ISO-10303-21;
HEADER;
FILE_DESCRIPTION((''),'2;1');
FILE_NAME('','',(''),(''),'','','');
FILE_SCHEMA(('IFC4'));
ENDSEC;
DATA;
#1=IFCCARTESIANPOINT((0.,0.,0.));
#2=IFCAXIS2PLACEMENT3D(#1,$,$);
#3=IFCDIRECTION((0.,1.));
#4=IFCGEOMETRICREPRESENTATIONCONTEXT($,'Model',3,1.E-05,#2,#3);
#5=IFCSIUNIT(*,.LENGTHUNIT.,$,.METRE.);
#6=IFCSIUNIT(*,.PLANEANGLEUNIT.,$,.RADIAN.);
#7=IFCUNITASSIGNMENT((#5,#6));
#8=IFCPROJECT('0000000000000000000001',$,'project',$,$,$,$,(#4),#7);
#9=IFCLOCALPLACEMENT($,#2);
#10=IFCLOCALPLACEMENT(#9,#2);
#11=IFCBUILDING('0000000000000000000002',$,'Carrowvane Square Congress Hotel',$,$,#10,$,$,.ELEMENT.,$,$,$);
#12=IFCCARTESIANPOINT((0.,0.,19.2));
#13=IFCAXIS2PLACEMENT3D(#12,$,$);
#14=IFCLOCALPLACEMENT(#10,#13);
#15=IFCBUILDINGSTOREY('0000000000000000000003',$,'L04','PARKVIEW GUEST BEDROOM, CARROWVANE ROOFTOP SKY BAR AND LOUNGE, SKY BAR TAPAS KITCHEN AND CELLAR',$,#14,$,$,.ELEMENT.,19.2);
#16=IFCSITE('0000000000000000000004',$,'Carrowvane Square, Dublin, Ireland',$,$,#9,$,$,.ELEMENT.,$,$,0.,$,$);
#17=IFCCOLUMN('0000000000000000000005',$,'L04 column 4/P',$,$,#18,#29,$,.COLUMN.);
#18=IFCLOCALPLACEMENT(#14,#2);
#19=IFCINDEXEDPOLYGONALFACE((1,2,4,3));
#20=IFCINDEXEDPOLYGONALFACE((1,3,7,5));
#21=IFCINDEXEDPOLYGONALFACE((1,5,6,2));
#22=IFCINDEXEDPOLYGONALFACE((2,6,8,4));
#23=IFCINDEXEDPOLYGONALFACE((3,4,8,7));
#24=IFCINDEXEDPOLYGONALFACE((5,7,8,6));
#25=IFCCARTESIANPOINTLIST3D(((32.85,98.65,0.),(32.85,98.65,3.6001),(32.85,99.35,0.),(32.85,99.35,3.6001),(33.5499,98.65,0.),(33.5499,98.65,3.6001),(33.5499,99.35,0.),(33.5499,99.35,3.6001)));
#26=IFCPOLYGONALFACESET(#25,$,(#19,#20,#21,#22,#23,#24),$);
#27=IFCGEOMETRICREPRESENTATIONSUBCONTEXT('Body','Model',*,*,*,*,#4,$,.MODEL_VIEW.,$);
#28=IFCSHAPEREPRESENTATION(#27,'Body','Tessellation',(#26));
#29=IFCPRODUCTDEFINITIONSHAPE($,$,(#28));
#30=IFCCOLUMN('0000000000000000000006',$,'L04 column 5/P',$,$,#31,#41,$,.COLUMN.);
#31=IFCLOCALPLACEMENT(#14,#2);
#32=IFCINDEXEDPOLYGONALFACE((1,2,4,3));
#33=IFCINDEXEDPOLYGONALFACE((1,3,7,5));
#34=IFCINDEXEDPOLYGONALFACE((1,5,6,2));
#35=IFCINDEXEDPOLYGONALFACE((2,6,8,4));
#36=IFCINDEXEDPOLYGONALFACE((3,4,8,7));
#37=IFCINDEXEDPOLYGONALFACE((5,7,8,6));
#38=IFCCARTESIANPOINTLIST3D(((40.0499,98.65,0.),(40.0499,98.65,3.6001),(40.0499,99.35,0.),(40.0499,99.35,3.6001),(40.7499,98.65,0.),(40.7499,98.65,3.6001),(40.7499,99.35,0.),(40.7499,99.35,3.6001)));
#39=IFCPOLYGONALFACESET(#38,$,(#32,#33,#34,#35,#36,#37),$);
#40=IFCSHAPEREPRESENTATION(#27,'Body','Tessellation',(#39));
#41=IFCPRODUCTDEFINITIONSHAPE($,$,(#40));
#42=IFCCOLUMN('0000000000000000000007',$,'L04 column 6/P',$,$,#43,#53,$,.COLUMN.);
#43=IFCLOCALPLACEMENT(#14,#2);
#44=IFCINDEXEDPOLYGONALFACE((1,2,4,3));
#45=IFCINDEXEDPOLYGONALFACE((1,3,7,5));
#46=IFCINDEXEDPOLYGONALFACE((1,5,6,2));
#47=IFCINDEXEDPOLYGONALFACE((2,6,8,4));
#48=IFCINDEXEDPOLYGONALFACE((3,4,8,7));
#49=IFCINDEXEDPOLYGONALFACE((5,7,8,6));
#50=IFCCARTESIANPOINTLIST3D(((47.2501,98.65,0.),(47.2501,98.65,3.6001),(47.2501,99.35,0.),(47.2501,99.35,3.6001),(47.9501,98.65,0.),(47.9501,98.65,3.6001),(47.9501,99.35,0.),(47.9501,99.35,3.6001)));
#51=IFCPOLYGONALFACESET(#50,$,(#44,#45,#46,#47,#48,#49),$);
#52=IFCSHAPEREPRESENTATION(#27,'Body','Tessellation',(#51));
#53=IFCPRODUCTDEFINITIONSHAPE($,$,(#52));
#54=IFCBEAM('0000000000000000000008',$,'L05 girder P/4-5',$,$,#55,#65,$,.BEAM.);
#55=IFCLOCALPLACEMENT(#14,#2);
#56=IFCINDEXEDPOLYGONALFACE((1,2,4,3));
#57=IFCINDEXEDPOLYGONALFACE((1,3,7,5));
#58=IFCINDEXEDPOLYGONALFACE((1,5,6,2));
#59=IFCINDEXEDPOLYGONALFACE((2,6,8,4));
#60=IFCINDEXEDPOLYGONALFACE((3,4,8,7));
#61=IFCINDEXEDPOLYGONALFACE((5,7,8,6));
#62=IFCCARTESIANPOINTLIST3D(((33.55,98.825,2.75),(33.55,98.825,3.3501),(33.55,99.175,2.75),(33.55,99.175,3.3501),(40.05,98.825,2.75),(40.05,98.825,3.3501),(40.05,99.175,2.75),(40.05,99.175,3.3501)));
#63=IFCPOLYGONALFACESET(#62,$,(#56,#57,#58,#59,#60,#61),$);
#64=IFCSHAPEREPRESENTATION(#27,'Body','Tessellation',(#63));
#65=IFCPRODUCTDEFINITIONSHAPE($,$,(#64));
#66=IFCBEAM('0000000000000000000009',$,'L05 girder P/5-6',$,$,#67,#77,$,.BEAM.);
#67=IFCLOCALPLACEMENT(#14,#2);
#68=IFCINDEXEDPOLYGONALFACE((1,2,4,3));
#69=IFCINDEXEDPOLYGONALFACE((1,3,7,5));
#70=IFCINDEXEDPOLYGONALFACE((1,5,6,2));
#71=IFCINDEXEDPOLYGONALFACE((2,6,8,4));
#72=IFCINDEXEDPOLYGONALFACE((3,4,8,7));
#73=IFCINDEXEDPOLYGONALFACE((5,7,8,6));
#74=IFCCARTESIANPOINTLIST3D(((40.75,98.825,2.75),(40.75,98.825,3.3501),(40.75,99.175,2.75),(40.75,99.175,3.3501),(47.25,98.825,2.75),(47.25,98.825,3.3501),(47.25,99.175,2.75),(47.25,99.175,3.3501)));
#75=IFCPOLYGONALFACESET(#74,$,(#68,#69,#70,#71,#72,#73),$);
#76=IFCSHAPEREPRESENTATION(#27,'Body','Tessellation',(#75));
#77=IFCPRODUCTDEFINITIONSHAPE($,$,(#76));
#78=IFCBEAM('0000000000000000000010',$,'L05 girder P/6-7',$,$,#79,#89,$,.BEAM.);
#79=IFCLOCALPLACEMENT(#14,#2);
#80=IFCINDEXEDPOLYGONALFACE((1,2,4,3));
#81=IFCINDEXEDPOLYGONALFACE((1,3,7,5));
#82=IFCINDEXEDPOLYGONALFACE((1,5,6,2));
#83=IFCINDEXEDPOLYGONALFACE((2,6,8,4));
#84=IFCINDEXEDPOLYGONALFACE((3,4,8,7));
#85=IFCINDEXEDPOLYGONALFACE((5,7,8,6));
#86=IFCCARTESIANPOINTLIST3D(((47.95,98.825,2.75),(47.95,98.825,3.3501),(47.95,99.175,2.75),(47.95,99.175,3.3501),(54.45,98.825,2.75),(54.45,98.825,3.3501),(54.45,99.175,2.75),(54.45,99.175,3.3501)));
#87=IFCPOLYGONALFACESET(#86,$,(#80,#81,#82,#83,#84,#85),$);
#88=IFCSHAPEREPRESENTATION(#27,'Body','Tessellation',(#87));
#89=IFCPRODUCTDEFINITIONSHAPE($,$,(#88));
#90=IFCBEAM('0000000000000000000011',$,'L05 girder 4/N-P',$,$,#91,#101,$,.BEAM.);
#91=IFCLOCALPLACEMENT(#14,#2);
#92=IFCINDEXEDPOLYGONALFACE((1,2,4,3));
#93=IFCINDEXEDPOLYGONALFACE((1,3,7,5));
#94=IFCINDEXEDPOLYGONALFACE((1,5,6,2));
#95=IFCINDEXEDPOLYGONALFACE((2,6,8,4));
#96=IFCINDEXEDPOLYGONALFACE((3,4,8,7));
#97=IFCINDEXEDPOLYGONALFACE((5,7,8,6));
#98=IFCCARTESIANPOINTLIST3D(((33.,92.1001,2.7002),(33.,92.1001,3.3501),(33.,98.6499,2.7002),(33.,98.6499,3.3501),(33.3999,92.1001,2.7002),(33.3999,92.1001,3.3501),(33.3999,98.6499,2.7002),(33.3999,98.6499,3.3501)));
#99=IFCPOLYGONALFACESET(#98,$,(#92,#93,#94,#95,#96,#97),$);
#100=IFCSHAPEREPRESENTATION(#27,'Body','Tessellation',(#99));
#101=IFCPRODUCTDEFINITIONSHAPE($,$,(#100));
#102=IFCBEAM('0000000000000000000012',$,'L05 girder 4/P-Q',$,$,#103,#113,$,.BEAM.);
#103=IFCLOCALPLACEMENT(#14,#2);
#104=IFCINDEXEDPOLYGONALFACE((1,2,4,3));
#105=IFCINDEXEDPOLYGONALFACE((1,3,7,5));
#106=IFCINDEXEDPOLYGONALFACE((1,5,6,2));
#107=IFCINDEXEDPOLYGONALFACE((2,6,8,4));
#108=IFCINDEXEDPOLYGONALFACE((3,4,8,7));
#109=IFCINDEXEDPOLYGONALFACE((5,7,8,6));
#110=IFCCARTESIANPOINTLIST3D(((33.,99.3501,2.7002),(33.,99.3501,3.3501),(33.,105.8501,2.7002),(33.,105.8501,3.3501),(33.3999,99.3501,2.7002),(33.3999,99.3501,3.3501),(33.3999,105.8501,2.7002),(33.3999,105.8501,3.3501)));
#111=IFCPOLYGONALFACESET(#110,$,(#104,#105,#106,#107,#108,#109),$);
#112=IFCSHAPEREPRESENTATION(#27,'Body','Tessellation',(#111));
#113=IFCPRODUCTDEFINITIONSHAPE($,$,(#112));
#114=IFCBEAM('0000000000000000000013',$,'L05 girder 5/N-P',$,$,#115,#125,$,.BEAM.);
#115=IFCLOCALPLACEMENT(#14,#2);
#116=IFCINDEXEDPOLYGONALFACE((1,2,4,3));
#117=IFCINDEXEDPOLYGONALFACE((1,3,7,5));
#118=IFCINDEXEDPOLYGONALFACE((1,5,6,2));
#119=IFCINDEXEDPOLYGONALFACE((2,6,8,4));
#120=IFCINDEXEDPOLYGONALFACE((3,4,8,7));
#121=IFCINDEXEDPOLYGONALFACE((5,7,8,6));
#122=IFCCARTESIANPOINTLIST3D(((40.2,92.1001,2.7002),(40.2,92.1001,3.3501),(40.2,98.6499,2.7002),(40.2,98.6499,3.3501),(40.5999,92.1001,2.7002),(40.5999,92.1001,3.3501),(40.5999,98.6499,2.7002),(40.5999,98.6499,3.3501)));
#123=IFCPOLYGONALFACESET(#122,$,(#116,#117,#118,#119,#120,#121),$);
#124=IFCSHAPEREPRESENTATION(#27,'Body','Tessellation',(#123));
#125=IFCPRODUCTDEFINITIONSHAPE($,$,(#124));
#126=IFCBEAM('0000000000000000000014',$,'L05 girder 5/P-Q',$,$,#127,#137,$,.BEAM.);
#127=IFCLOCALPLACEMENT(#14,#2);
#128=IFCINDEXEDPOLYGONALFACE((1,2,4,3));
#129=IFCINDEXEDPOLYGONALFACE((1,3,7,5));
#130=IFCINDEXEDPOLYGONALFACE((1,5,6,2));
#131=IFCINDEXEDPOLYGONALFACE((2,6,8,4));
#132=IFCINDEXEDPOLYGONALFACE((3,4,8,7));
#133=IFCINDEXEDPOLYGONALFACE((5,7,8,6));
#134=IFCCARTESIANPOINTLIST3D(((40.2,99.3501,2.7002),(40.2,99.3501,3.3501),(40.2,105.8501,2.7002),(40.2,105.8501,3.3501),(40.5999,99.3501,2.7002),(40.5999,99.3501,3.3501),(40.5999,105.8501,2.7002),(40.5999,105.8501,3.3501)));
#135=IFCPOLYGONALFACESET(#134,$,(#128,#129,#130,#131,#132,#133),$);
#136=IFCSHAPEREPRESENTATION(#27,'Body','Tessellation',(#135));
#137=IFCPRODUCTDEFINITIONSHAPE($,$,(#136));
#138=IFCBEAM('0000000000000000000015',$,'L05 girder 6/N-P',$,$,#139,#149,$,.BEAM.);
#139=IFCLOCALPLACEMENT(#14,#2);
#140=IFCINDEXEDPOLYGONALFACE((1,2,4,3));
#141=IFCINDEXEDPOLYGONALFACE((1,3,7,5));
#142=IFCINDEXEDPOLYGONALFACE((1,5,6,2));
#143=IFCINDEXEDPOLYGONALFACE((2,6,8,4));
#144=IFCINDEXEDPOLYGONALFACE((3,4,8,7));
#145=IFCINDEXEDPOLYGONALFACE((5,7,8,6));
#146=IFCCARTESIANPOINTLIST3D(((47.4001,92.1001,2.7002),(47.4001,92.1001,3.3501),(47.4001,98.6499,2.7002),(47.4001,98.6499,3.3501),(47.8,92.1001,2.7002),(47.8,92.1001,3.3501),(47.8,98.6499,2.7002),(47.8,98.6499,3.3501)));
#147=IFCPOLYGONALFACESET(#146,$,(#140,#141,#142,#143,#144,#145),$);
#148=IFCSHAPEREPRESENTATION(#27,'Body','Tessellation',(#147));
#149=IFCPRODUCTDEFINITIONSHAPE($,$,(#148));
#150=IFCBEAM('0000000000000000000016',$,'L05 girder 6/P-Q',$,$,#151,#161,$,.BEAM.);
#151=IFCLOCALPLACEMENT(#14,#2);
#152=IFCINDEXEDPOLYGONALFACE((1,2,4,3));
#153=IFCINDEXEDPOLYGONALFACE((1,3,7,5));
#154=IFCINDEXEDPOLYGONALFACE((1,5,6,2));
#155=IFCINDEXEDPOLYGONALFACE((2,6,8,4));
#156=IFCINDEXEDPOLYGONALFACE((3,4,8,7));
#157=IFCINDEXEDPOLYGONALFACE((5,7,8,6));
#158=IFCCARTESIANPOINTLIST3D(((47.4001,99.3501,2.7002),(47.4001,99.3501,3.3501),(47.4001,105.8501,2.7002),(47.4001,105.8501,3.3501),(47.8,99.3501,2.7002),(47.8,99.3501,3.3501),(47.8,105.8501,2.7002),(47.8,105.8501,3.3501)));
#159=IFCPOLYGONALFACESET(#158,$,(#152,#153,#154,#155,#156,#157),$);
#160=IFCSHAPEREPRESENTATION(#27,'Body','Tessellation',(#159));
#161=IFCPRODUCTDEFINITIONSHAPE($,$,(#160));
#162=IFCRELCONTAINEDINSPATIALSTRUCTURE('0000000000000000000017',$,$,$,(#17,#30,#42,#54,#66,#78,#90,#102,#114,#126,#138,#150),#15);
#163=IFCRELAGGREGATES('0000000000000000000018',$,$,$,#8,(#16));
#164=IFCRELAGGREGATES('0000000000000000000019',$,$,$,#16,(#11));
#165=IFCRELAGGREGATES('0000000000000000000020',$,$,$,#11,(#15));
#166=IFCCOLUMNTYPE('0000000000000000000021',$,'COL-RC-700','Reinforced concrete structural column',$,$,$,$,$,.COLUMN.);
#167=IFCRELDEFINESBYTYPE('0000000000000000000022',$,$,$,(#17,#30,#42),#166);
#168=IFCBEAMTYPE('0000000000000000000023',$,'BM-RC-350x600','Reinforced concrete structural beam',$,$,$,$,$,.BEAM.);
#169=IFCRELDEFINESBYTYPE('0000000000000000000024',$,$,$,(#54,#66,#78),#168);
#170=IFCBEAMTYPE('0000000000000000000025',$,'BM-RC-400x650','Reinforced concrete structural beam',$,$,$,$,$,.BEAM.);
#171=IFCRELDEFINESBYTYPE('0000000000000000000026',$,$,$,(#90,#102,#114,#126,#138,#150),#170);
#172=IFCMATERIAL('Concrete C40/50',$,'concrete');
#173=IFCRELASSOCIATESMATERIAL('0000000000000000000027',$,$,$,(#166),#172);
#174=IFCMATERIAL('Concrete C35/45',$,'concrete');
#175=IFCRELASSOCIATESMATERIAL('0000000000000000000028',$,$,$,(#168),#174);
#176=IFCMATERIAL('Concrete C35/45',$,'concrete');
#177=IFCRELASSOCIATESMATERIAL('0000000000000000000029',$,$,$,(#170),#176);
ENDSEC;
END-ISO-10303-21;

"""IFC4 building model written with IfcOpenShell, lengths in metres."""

from ifc_helpers import new_model, si_unit, direction, frame, origin, origin_2d, place, context, subcontext, project, spatial, rectangle, extrude, material, material_profile, profile_set, type_object, element, save


model = new_model("IFC4")

# Units and contexts
model_context = context("Model", 3, precision=1e-05, world=origin(), true_north=direction((0.0, 1.0)))
body_context = subcontext(model_context, "Body", "Model", "MODEL_VIEW")
ifc_project = project(units=[si_unit("LENGTHUNIT", "METRE"), si_unit("PLANEANGLEUNIT", "RADIAN")], contexts=[model_context])

# Site, building, storey
site_placement = place(None, origin())
site = spatial("IfcSite", under=ifc_project, at=site_placement, Name="Carrowvane Square, Dublin, Ireland", CompositionType="ELEMENT", RefElevation=0.0)
building_placement = place(site_placement, origin())
building = spatial("IfcBuilding", under=site, at=building_placement, Name="Carrowvane Square Congress Hotel", CompositionType="ELEMENT")
storey_placement = place(building_placement, frame((0.0, 0.0, 19.2)))
storey = spatial("IfcBuildingStorey", under=building, at=storey_placement, Name="L04", Description="PARKVIEW GUEST BEDROOM, CARROWVANE ROOFTOP SKY BAR AND LOUNGE, SKY BAR TAPAS KITCHEN AND CELLAR", CompositionType="ELEMENT", Elevation=19.2)

# Columns
ifc_material_1 = material(Name="Concrete C40/50", Category="concrete")
ifc_material_profile_1 = material_profile(ifc_material_1, rectangle(XDim=0.7, YDim=0.7, at=origin_2d()), Name="RC 700x700")
ifc_profile_set_1 = profile_set([ifc_material_profile_1], Name="Concrete C40/50")
column_type = type_object("IfcColumnType", Name="COL-RC-700", Description="Reinforced concrete structural column", PredefinedType="COLUMN", material=ifc_profile_set_1)
for number, where, z_axis, x_axis, name in (
    (1, (33.2, 99.0, 0.0), (0.0, 0.0, 1.0), (1.0, 0.0, 0.0), "L04 column 4/P"),
    (2, (40.3999, 99.0, 0.0), (0.0, 0.0, 1.0), (1.0, 0.0, 0.0), "L04 column 5/P"),
    (3, (47.6001, 99.0, 0.0), (0.0, 0.0, 1.0), (1.0, 0.0, 0.0), "L04 column 6/P"),
):
    element("IfcColumn", number, at=place(storey_placement, frame(where, z_axis=z_axis, x_axis=x_axis)), inside=storey, type_object=column_type, Name=name, PredefinedType="COLUMN", context=body_context, shape_type="SweptSolid", body=[
        extrude(rectangle(XDim=0.7, YDim=0.7, at=origin_2d()), origin(), (0.0, 0.0, 1.0), 3.6001),
    ])

# Beams
ifc_material_2 = material(Name="Concrete C35/45", Category="concrete")
ifc_material_profile_2 = material_profile(ifc_material_2, rectangle(XDim=0.3501, YDim=0.6001, at=origin_2d()), Name="RC 350x600")
ifc_profile_set_2 = profile_set([ifc_material_profile_2], Name="Concrete C35/45")
beam_type_1 = type_object("IfcBeamType", Name="BM-RC-350x600", Description="Reinforced concrete structural beam", PredefinedType="BEAM", material=ifc_profile_set_2)
for number, where, z_axis, x_axis, name in (
    (4, (33.55, 99.0, 3.05), (1.0, 0.0, 0.0), (0.0, 1.0, 0.0), "L05 girder P/4-5"),
    (5, (40.75, 99.0, 3.05), (1.0, 0.0, 0.0), (0.0, 1.0, 0.0), "L05 girder P/5-6"),
    (6, (47.95, 99.0, 3.05), (1.0, 0.0, 0.0), (0.0, 1.0, 0.0), "L05 girder P/6-7"),
):
    element("IfcBeam", number, at=place(storey_placement, frame(where, z_axis=z_axis, x_axis=x_axis)), inside=storey, type_object=beam_type_1, Name=name, PredefinedType="BEAM", context=body_context, shape_type="SweptSolid", body=[
        extrude(rectangle(XDim=0.3501, YDim=0.6001, at=origin_2d()), origin(), (0.0, 0.0, 1.0), 6.5),
    ])
ifc_material_3 = material(Name="Concrete C35/45", Category="concrete")
ifc_material_profile_3 = material_profile(ifc_material_3, rectangle(XDim=0.3999, YDim=0.6499, at=origin_2d()), Name="RC 400x650")
ifc_profile_set_3 = profile_set([ifc_material_profile_3], Name="Concrete C35/45")
beam_type_2 = type_object("IfcBeamType", Name="BM-RC-400x650", Description="Reinforced concrete structural beam", PredefinedType="BEAM", material=ifc_profile_set_3)
beam_1_placement = place(storey_placement, frame((33.2, 92.1001, 3.0251), z_axis=(0.0, 1.0, 0.0), x_axis=(-1.0, 0.0, 0.0)))
element("IfcBeam", 7, at=beam_1_placement, inside=storey, type_object=beam_type_2, Name="L05 girder 4/N-P", PredefinedType="BEAM", context=body_context, shape_type="SweptSolid", body=[
    extrude(rectangle(XDim=0.3999, YDim=0.6499, at=origin_2d()), origin(), (0.0, 0.0, 1.0), 6.5498),
])
beam_2_placement = place(storey_placement, frame((33.2, 99.3501, 3.0251), z_axis=(0.0, 1.0, 0.0), x_axis=(-1.0, 0.0, 0.0)))
element("IfcBeam", 8, at=beam_2_placement, inside=storey, type_object=beam_type_2, Name="L05 girder 4/P-Q", PredefinedType="BEAM", context=body_context, shape_type="SweptSolid", body=[
    extrude(rectangle(XDim=0.3999, YDim=0.6499, at=origin_2d()), origin(), (0.0, 0.0, 1.0), 6.5),
])
beam_3_placement = place(storey_placement, frame((40.3999, 92.1001, 3.0251), z_axis=(0.0, 1.0, 0.0), x_axis=(-1.0, 0.0, 0.0)))
element("IfcBeam", 9, at=beam_3_placement, inside=storey, type_object=beam_type_2, Name="L05 girder 5/N-P", PredefinedType="BEAM", context=body_context, shape_type="SweptSolid", body=[
    extrude(rectangle(XDim=0.3999, YDim=0.6499, at=origin_2d()), origin(), (0.0, 0.0, 1.0), 6.5498),
])
beam_4_placement = place(storey_placement, frame((40.3999, 99.3501, 3.0251), z_axis=(0.0, 1.0, 0.0), x_axis=(-1.0, 0.0, 0.0)))
element("IfcBeam", 10, at=beam_4_placement, inside=storey, type_object=beam_type_2, Name="L05 girder 5/P-Q", PredefinedType="BEAM", context=body_context, shape_type="SweptSolid", body=[
    extrude(rectangle(XDim=0.3999, YDim=0.6499, at=origin_2d()), origin(), (0.0, 0.0, 1.0), 6.5),
])
beam_5_placement = place(storey_placement, frame((47.6001, 92.1001, 3.0251), z_axis=(0.0, 1.0, 0.0), x_axis=(-1.0, 0.0, 0.0)))
element("IfcBeam", 11, at=beam_5_placement, inside=storey, type_object=beam_type_2, Name="L05 girder 6/N-P", PredefinedType="BEAM", context=body_context, shape_type="SweptSolid", body=[
    extrude(rectangle(XDim=0.3999, YDim=0.6499, at=origin_2d()), origin(), (0.0, 0.0, 1.0), 6.5498),
])
beam_6_placement = place(storey_placement, frame((47.6001, 99.3501, 3.0251), z_axis=(0.0, 1.0, 0.0), x_axis=(-1.0, 0.0, 0.0)))
element("IfcBeam", 12, at=beam_6_placement, inside=storey, type_object=beam_type_2, Name="L05 girder 6/P-Q", PredefinedType="BEAM", context=body_context, shape_type="SweptSolid", body=[
    extrude(rectangle(XDim=0.3999, YDim=0.6499, at=origin_2d()), origin(), (0.0, 0.0, 1.0), 6.5),
])

save(model, "model.ifc")
